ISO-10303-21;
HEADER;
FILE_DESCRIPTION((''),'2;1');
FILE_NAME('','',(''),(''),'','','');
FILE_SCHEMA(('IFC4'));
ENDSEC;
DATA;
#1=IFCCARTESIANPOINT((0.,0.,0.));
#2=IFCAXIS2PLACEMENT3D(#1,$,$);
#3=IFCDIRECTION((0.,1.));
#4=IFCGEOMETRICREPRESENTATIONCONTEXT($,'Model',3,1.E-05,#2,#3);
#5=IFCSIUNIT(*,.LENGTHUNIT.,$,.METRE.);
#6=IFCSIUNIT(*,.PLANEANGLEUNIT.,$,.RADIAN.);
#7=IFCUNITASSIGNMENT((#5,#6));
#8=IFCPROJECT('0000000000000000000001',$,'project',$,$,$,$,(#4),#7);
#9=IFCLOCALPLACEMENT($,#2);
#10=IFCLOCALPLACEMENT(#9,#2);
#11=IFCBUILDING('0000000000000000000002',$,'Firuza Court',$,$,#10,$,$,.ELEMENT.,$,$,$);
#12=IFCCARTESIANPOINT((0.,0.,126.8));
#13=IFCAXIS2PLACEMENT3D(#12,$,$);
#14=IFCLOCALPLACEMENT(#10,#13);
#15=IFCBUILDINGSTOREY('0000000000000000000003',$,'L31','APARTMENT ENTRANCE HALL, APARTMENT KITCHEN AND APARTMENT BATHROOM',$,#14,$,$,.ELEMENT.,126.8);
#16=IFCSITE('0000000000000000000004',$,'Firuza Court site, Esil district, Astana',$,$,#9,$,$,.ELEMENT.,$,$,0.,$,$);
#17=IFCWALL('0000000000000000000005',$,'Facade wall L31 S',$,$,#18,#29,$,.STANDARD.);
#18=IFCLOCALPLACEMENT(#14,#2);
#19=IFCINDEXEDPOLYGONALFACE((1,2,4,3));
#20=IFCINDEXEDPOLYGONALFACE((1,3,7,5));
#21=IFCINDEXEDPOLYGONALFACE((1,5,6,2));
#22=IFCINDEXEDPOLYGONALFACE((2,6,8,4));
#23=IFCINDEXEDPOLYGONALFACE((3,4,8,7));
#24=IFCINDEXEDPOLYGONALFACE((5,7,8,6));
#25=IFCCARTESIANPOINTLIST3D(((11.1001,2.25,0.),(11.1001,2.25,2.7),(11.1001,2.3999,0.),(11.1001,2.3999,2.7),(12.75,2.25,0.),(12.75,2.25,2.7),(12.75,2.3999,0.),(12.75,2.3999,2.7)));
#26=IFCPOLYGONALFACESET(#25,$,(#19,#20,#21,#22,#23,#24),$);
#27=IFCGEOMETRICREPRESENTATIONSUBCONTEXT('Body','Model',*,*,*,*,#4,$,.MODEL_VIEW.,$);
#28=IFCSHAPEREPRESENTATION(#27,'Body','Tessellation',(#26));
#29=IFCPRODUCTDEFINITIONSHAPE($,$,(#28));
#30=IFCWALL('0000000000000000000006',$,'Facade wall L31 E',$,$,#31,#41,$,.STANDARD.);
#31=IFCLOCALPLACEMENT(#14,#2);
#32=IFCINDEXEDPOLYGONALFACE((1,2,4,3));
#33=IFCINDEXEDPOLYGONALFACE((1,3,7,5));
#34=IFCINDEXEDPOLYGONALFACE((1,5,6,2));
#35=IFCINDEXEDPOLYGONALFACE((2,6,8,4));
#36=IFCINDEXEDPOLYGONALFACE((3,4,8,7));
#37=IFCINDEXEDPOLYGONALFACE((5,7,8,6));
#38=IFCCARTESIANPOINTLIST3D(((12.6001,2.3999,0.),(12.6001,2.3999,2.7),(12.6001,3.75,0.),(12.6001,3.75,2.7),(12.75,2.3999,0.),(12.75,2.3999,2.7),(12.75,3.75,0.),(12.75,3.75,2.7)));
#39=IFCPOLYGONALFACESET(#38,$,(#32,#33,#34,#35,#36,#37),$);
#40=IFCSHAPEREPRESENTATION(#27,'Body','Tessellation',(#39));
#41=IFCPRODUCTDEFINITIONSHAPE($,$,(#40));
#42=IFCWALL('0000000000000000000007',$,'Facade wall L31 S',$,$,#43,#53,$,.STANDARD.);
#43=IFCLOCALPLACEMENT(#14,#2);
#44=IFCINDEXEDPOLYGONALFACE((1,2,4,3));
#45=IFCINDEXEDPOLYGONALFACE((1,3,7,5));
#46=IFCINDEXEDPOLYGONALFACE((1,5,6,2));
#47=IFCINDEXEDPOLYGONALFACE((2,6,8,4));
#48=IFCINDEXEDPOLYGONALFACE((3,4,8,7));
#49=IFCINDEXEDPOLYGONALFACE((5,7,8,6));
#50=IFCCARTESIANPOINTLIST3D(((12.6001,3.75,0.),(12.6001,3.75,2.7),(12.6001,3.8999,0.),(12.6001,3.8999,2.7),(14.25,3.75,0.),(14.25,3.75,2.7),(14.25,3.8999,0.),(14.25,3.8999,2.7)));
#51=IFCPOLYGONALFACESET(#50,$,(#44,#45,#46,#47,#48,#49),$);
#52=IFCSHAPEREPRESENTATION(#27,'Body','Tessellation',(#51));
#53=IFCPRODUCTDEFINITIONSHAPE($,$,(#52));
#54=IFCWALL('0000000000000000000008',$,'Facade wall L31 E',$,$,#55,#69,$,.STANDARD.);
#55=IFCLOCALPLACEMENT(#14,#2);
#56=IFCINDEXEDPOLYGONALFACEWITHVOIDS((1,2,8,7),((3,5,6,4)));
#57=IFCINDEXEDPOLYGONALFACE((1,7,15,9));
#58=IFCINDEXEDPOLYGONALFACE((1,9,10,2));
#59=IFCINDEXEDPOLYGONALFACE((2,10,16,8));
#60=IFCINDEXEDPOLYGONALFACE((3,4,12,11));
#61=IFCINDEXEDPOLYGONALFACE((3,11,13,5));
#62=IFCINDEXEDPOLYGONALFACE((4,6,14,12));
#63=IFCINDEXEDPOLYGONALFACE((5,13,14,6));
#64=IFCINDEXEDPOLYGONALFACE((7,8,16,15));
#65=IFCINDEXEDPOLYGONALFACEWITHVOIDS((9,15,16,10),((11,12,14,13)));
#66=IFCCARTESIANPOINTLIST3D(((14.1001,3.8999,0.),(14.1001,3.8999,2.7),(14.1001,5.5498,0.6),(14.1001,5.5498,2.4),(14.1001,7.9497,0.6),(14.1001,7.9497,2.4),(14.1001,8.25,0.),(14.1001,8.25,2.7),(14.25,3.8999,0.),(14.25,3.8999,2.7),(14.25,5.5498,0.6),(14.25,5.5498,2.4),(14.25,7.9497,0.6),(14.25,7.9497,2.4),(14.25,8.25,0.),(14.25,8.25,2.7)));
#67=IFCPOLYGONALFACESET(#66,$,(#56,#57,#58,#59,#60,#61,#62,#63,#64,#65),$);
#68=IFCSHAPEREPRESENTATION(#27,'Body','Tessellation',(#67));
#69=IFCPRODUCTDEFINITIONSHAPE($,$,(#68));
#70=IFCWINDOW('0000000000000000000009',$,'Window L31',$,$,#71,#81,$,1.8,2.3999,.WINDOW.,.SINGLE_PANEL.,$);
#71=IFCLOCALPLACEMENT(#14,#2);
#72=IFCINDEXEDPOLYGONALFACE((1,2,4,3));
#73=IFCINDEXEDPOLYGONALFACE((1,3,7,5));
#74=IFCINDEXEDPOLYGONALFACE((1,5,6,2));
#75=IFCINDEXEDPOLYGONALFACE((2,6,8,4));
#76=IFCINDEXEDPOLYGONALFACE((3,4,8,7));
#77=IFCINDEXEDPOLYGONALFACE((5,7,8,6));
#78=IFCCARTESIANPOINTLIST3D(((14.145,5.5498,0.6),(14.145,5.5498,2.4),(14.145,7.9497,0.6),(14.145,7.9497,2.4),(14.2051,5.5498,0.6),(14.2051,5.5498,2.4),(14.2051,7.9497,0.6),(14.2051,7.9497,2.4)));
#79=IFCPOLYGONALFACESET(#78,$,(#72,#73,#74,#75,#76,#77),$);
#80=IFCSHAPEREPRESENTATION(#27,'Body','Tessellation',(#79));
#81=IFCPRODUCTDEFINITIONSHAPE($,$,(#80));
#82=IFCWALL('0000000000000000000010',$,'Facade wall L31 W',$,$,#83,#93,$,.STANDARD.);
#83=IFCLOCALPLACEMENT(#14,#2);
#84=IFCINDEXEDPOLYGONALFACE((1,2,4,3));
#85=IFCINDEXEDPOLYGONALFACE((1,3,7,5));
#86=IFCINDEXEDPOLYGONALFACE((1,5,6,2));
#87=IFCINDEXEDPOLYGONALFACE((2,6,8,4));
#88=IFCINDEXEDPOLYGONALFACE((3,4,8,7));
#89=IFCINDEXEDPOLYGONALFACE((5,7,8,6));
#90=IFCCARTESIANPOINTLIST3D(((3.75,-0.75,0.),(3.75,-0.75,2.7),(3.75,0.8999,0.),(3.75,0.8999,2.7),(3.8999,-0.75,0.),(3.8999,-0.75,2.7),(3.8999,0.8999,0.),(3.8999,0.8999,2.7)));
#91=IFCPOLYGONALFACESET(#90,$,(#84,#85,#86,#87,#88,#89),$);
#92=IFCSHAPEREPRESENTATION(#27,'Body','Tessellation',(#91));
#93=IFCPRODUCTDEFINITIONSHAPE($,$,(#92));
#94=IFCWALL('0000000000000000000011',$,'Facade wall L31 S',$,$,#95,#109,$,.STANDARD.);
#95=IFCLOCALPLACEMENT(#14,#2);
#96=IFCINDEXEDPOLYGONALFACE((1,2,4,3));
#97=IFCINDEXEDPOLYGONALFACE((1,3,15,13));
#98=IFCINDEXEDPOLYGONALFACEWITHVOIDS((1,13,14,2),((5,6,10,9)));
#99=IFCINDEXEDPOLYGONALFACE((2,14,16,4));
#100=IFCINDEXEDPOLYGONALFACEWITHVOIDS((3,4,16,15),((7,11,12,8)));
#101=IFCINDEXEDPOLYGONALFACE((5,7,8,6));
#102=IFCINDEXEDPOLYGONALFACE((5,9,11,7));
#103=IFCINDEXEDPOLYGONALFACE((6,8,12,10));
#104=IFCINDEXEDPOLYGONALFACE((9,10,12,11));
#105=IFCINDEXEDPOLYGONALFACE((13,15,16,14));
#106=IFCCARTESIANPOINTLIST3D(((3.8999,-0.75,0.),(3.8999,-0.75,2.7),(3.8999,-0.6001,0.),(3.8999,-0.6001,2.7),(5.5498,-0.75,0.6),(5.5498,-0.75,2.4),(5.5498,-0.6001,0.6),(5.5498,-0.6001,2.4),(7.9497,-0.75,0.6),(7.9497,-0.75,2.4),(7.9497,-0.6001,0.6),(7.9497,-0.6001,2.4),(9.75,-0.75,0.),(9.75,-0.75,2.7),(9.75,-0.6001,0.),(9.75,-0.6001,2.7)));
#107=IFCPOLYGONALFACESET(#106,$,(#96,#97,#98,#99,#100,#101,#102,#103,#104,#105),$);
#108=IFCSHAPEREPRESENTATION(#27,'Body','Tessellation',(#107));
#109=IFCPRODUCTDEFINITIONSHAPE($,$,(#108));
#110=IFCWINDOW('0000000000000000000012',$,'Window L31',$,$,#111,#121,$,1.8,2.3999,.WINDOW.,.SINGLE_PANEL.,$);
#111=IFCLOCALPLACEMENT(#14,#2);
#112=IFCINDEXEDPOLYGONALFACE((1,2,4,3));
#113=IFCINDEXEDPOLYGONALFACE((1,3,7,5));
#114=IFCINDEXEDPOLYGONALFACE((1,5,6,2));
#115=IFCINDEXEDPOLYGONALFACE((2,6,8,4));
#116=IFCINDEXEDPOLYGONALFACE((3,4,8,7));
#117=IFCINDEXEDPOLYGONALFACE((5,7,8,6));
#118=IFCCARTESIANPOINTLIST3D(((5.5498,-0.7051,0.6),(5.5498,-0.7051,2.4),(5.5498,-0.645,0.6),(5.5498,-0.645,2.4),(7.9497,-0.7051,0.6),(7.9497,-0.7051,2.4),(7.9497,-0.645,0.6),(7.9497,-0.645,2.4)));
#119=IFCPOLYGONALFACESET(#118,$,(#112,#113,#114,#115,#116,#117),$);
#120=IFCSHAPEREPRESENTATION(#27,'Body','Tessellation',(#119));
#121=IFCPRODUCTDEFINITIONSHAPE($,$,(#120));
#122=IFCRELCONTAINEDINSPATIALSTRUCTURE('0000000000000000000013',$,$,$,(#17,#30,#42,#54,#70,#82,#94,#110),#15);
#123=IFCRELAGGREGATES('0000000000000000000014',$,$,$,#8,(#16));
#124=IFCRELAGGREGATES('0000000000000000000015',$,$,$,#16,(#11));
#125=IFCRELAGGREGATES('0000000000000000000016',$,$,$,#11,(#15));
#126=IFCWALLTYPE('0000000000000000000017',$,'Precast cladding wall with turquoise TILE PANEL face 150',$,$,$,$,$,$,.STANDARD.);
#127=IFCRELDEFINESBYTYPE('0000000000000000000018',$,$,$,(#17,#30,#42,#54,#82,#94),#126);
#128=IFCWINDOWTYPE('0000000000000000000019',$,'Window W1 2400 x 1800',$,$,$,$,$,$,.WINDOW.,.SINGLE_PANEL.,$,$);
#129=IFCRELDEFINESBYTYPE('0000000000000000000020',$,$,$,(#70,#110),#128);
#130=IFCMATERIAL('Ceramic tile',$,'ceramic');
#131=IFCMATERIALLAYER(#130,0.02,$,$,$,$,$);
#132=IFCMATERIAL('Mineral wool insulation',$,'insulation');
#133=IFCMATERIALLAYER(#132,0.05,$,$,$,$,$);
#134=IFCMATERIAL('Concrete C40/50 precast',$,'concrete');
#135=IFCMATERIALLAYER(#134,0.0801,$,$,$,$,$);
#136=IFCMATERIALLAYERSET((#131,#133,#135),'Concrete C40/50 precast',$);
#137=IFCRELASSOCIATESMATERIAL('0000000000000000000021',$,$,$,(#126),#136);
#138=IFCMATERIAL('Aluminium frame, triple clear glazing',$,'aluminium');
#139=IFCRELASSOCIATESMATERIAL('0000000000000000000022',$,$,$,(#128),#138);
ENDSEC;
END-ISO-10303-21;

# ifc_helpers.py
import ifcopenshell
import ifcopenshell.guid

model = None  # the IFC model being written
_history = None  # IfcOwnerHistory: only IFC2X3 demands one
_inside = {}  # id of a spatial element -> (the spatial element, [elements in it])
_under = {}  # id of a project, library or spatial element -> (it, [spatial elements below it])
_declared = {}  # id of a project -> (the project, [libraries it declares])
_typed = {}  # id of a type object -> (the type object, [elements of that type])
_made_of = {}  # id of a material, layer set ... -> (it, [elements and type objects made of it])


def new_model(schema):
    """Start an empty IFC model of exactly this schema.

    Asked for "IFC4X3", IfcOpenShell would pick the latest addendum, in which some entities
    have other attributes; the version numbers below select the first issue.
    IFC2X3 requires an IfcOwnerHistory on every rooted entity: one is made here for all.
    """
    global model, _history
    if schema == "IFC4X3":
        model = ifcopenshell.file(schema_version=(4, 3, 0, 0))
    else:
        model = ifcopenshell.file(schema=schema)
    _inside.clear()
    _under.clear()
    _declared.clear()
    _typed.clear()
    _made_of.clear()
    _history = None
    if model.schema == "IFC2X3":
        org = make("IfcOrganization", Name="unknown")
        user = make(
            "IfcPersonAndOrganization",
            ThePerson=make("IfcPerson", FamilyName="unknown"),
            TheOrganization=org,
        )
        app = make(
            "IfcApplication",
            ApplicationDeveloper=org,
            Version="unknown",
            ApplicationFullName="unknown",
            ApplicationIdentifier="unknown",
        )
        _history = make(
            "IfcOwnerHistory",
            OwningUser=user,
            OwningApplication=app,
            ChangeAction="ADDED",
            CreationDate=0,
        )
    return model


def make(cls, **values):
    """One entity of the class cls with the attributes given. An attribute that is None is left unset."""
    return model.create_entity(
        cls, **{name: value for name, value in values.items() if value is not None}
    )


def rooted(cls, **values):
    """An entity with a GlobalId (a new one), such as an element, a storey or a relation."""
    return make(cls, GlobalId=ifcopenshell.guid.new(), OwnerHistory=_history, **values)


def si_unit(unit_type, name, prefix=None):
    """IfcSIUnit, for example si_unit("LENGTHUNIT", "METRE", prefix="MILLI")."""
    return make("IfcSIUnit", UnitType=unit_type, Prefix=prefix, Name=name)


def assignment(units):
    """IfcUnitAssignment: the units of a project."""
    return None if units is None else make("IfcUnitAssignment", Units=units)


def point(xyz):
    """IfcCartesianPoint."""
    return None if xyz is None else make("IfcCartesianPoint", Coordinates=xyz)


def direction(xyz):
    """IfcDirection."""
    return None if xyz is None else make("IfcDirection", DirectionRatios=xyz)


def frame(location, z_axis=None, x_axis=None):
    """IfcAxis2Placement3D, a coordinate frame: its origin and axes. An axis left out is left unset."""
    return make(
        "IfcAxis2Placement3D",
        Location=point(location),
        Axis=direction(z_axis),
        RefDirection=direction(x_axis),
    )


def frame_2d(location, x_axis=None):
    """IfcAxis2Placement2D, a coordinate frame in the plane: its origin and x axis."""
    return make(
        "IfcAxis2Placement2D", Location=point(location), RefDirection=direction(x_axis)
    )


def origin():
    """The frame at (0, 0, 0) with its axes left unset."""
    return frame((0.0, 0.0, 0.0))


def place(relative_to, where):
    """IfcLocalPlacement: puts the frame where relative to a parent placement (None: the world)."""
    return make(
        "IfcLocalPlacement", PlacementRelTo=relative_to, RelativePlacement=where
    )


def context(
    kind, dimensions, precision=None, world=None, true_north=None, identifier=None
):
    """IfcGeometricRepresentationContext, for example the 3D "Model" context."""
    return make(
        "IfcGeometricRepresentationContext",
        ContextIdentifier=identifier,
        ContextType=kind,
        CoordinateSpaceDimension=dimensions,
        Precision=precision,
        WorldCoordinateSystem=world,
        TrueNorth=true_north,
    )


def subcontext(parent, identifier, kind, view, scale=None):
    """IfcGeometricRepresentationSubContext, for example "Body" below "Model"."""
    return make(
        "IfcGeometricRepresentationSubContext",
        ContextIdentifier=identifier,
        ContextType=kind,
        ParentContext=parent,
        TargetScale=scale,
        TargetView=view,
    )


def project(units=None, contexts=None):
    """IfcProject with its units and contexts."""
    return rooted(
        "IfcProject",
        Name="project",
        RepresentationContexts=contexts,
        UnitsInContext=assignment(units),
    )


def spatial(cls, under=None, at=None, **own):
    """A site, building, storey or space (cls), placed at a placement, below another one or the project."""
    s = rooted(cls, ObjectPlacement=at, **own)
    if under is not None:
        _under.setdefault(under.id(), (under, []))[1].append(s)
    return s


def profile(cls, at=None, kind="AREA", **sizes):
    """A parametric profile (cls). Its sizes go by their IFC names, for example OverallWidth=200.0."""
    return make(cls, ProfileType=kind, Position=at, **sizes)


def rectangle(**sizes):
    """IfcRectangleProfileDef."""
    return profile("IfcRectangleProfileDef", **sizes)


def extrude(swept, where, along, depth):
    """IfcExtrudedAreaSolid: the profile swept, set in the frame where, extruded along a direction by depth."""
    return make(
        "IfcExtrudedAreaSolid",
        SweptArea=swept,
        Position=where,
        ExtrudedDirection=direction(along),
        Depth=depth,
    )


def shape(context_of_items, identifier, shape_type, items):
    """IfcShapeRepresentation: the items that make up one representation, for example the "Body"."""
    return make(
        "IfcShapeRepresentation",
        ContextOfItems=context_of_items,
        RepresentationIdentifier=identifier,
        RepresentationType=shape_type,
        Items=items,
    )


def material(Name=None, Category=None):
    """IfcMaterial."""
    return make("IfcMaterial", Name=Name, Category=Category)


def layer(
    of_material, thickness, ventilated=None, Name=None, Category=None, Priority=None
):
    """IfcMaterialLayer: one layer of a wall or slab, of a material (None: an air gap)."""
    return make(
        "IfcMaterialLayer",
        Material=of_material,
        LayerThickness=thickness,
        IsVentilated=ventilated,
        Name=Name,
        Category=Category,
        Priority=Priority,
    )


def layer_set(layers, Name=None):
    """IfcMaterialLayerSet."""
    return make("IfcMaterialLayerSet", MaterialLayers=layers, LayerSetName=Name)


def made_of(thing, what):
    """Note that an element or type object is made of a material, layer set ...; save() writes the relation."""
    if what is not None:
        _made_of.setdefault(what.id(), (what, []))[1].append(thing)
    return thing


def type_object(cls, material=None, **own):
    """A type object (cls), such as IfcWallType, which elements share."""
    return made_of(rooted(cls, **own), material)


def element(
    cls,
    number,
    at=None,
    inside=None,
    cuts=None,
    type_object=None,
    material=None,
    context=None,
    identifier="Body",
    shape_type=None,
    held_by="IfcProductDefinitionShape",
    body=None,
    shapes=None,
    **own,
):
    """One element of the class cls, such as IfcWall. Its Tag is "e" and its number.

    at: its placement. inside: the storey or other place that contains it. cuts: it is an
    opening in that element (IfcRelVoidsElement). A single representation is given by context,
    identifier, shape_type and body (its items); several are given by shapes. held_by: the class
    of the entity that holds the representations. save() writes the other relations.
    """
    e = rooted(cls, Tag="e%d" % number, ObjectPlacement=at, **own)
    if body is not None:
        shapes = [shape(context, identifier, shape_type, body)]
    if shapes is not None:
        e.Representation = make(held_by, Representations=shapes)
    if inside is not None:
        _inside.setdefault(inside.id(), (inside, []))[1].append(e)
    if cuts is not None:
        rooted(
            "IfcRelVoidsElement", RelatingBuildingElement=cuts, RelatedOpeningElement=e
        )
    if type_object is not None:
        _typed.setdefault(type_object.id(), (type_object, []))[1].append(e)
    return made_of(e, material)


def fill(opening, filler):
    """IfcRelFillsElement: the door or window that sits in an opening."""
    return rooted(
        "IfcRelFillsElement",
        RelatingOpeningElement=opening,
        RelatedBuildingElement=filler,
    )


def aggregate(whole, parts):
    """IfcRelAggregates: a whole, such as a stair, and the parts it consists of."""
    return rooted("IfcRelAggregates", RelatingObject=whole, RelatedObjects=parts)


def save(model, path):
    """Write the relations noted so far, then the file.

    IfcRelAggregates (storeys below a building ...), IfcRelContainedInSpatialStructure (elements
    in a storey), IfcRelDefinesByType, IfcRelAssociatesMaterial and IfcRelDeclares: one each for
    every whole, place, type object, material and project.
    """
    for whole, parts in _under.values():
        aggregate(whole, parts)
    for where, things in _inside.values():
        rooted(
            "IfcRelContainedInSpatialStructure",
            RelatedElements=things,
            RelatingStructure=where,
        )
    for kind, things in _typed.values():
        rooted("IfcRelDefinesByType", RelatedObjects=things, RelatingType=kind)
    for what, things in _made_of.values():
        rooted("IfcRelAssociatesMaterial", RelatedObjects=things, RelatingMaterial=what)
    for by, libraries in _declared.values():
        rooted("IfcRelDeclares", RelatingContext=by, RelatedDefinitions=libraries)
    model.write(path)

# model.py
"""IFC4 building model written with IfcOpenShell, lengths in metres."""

from ifc_helpers import new_model, si_unit, direction, frame, frame_2d, origin, place, context, subcontext, project, spatial, rectangle, extrude, material, layer, layer_set, type_object, element, fill, save


model = new_model("IFC4")

# Units and contexts
model_context = context("Model", 3, precision=1e-05, world=origin(), true_north=direction((0.0, 1.0)))
body_context = subcontext(model_context, "Body", "Model", "MODEL_VIEW")
ifc_project = project(units=[si_unit("LENGTHUNIT", "METRE"), si_unit("PLANEANGLEUNIT", "RADIAN")], contexts=[model_context])

# Site, building, storey
site_placement = place(None, origin())
site = spatial("IfcSite", under=ifc_project, at=site_placement, Name="Firuza Court site, Esil district, Astana", CompositionType="ELEMENT", RefElevation=0.0)
building_placement = place(site_placement, origin())
building = spatial("IfcBuilding", under=site, at=building_placement, Name="Firuza Court", CompositionType="ELEMENT")
storey_placement = place(building_placement, frame((0.0, 0.0, 126.8)))
storey = spatial("IfcBuildingStorey", under=building, at=storey_placement, Name="L31", Description="APARTMENT ENTRANCE HALL, APARTMENT KITCHEN AND APARTMENT BATHROOM", CompositionType="ELEMENT", Elevation=126.8)

# Walls
ifc_material_1 = material(Name="Ceramic tile", Category="ceramic")
ifc_layer_1 = layer(ifc_material_1, 0.02)
ifc_material_2 = material(Name="Mineral wool insulation", Category="insulation")
ifc_layer_2 = layer(ifc_material_2, 0.05)
ifc_material_3 = material(Name="Concrete C40/50 precast", Category="concrete")
ifc_layer_3 = layer(ifc_material_3, 0.0801)
ifc_layer_set_1 = layer_set([ifc_layer_1, ifc_layer_2, ifc_layer_3], Name="Concrete C40/50 precast")
wall_type_1 = type_object("IfcWallType", Name="Precast cladding wall with turquoise TILE PANEL face 150", PredefinedType="STANDARD", material=ifc_layer_set_1)
wall_1_placement = place(storey_placement, frame((11.1001, 2.325, 0.0), z_axis=(0.0, 0.0, 1.0), x_axis=(1.0, 0.0, 0.0)))
element("IfcWall", 1, at=wall_1_placement, inside=storey, type_object=wall_type_1, Name="Facade wall L31 S", PredefinedType="STANDARD", context=body_context, shape_type="SweptSolid", body=[
    extrude(rectangle(XDim=1.6499, YDim=0.1499, at=frame_2d((0.825, 0.0))), origin(), (0.0, 0.0, 1.0), 2.7),
])
wall_2_placement = place(storey_placement, frame((12.675, 2.3999, 0.0), z_axis=(0.0, 0.0, 1.0), x_axis=(0.0, 1.0, 0.0)))
element("IfcWall", 2, at=wall_2_placement, inside=storey, type_object=wall_type_1, Name="Facade wall L31 E", PredefinedType="STANDARD", context=body_context, shape_type="SweptSolid", body=[
    extrude(rectangle(XDim=1.3501, YDim=0.1499, at=frame_2d((0.675, 0.0))), origin(), (0.0, 0.0, 1.0), 2.7),
])
wall_3_placement = place(storey_placement, frame((12.6001, 3.825, 0.0), z_axis=(0.0, 0.0, 1.0), x_axis=(1.0, 0.0, 0.0)))
element("IfcWall", 3, at=wall_3_placement, inside=storey, type_object=wall_type_1, Name="Facade wall L31 S", PredefinedType="STANDARD", context=body_context, shape_type="SweptSolid", body=[
    extrude(rectangle(XDim=1.6499, YDim=0.1499, at=frame_2d((0.825, 0.0))), origin(), (0.0, 0.0, 1.0), 2.7),
])

# Wall, opening, window
wall_4_placement = place(storey_placement, frame((14.175, 3.8999, 0.0), z_axis=(0.0, 0.0, 1.0), x_axis=(0.0, 1.0, 0.0)))
wall_4 = element("IfcWall", 4, at=wall_4_placement, inside=storey, type_object=wall_type_1, Name="Facade wall L31 E", PredefinedType="STANDARD", context=body_context, shape_type="SweptSolid", body=[
    extrude(rectangle(XDim=4.3501, YDim=0.1499, at=frame_2d((2.175, 0.0))), origin(), (0.0, 0.0, 1.0), 2.7),
])
opening_1_placement = place(wall_4_placement, frame((1.6499, 0.0, 0.6001)))
opening_1 = element("IfcOpeningElement", 5, at=opening_1_placement, cuts=wall_4, PredefinedType="OPENING", context=body_context, shape_type="SweptSolid", body=[
    extrude(rectangle(XDim=2.3999, YDim=1.8, at=frame_2d((1.2, 0.8999))), frame((0.0, 0.0869, 0.0), z_axis=(0.0, -1.0, 0.0), x_axis=(1.0, 0.0, 0.0)), (0.0, 0.0, 1.0), 0.1738),
])
ifc_material_4 = material(Name="Aluminium frame, triple clear glazing", Category="aluminium")
window_type = type_object("IfcWindowType", Name="Window W1 2400 x 1800", PartitioningType="SINGLE_PANEL", PredefinedType="WINDOW", material=ifc_material_4)
window_1_placement = place(opening_1_placement, origin())
window_1 = element("IfcWindow", 6, at=window_1_placement, inside=storey, type_object=window_type, Name="Window L31", OverallHeight=1.8, OverallWidth=2.3999, PartitioningType="SINGLE_PANEL", PredefinedType="WINDOW", context=body_context, shape_type="SweptSolid", body=[
    extrude(rectangle(XDim=2.3999, YDim=1.8, at=frame_2d((1.2, 0.8999))), frame((0.0, 0.03, 0.0), z_axis=(0.0, -1.0, 0.0), x_axis=(1.0, 0.0, 0.0)), (0.0, 0.0, 1.0), 0.0601),
])
fill(opening_1, window_1)

# Wall
wall_5_placement = place(storey_placement, frame((3.825, 0.8999, 0.0), z_axis=(0.0, 0.0, 1.0), x_axis=(0.0, -1.0, 0.0)))
element("IfcWall", 7, at=wall_5_placement, inside=storey, type_object=wall_type_1, Name="Facade wall L31 W", PredefinedType="STANDARD", context=body_context, shape_type="SweptSolid", body=[
    extrude(rectangle(XDim=1.6499, YDim=0.1499, at=frame_2d((0.825, 0.0))), origin(), (0.0, 0.0, 1.0), 2.7),
])

# Wall, opening, window
wall_6_placement = place(storey_placement, frame((3.8999, -0.675, 0.0), z_axis=(0.0, 0.0, 1.0), x_axis=(1.0, 0.0, 0.0)))
wall_6 = element("IfcWall", 8, at=wall_6_placement, inside=storey, type_object=wall_type_1, Name="Facade wall L31 S", PredefinedType="STANDARD", context=body_context, shape_type="SweptSolid", body=[
    extrude(rectangle(XDim=5.8501, YDim=0.1499, at=frame_2d((2.925, 0.0))), origin(), (0.0, 0.0, 1.0), 2.7),
])
opening_2_placement = place(wall_6_placement, frame((1.6499, 0.0, 0.6001)))
opening_2 = element("IfcOpeningElement", 9, at=opening_2_placement, cuts=wall_6, PredefinedType="OPENING", context=body_context, shape_type="SweptSolid", body=[
    extrude(rectangle(XDim=2.3999, YDim=1.8, at=frame_2d((1.2, 0.8999))), frame((0.0, 0.0869, 0.0), z_axis=(0.0, -1.0, 0.0), x_axis=(1.0, 0.0, 0.0)), (0.0, 0.0, 1.0), 0.1738),
])
window_2_placement = place(opening_2_placement, origin())
window_2 = element("IfcWindow", 10, at=window_2_placement, inside=storey, type_object=window_type, Name="Window L31", OverallHeight=1.8, OverallWidth=2.3999, PartitioningType="SINGLE_PANEL", PredefinedType="WINDOW", context=body_context, shape_type="SweptSolid", body=[
    extrude(rectangle(XDim=2.3999, YDim=1.8, at=frame_2d((1.2, 0.8999))), frame((0.0, 0.03, 0.0), z_axis=(0.0, -1.0, 0.0), x_axis=(1.0, 0.0, 0.0)), (0.0, 0.0, 1.0), 0.0601),
])
fill(opening_2, window_2)

save(model, "model.ifc")
